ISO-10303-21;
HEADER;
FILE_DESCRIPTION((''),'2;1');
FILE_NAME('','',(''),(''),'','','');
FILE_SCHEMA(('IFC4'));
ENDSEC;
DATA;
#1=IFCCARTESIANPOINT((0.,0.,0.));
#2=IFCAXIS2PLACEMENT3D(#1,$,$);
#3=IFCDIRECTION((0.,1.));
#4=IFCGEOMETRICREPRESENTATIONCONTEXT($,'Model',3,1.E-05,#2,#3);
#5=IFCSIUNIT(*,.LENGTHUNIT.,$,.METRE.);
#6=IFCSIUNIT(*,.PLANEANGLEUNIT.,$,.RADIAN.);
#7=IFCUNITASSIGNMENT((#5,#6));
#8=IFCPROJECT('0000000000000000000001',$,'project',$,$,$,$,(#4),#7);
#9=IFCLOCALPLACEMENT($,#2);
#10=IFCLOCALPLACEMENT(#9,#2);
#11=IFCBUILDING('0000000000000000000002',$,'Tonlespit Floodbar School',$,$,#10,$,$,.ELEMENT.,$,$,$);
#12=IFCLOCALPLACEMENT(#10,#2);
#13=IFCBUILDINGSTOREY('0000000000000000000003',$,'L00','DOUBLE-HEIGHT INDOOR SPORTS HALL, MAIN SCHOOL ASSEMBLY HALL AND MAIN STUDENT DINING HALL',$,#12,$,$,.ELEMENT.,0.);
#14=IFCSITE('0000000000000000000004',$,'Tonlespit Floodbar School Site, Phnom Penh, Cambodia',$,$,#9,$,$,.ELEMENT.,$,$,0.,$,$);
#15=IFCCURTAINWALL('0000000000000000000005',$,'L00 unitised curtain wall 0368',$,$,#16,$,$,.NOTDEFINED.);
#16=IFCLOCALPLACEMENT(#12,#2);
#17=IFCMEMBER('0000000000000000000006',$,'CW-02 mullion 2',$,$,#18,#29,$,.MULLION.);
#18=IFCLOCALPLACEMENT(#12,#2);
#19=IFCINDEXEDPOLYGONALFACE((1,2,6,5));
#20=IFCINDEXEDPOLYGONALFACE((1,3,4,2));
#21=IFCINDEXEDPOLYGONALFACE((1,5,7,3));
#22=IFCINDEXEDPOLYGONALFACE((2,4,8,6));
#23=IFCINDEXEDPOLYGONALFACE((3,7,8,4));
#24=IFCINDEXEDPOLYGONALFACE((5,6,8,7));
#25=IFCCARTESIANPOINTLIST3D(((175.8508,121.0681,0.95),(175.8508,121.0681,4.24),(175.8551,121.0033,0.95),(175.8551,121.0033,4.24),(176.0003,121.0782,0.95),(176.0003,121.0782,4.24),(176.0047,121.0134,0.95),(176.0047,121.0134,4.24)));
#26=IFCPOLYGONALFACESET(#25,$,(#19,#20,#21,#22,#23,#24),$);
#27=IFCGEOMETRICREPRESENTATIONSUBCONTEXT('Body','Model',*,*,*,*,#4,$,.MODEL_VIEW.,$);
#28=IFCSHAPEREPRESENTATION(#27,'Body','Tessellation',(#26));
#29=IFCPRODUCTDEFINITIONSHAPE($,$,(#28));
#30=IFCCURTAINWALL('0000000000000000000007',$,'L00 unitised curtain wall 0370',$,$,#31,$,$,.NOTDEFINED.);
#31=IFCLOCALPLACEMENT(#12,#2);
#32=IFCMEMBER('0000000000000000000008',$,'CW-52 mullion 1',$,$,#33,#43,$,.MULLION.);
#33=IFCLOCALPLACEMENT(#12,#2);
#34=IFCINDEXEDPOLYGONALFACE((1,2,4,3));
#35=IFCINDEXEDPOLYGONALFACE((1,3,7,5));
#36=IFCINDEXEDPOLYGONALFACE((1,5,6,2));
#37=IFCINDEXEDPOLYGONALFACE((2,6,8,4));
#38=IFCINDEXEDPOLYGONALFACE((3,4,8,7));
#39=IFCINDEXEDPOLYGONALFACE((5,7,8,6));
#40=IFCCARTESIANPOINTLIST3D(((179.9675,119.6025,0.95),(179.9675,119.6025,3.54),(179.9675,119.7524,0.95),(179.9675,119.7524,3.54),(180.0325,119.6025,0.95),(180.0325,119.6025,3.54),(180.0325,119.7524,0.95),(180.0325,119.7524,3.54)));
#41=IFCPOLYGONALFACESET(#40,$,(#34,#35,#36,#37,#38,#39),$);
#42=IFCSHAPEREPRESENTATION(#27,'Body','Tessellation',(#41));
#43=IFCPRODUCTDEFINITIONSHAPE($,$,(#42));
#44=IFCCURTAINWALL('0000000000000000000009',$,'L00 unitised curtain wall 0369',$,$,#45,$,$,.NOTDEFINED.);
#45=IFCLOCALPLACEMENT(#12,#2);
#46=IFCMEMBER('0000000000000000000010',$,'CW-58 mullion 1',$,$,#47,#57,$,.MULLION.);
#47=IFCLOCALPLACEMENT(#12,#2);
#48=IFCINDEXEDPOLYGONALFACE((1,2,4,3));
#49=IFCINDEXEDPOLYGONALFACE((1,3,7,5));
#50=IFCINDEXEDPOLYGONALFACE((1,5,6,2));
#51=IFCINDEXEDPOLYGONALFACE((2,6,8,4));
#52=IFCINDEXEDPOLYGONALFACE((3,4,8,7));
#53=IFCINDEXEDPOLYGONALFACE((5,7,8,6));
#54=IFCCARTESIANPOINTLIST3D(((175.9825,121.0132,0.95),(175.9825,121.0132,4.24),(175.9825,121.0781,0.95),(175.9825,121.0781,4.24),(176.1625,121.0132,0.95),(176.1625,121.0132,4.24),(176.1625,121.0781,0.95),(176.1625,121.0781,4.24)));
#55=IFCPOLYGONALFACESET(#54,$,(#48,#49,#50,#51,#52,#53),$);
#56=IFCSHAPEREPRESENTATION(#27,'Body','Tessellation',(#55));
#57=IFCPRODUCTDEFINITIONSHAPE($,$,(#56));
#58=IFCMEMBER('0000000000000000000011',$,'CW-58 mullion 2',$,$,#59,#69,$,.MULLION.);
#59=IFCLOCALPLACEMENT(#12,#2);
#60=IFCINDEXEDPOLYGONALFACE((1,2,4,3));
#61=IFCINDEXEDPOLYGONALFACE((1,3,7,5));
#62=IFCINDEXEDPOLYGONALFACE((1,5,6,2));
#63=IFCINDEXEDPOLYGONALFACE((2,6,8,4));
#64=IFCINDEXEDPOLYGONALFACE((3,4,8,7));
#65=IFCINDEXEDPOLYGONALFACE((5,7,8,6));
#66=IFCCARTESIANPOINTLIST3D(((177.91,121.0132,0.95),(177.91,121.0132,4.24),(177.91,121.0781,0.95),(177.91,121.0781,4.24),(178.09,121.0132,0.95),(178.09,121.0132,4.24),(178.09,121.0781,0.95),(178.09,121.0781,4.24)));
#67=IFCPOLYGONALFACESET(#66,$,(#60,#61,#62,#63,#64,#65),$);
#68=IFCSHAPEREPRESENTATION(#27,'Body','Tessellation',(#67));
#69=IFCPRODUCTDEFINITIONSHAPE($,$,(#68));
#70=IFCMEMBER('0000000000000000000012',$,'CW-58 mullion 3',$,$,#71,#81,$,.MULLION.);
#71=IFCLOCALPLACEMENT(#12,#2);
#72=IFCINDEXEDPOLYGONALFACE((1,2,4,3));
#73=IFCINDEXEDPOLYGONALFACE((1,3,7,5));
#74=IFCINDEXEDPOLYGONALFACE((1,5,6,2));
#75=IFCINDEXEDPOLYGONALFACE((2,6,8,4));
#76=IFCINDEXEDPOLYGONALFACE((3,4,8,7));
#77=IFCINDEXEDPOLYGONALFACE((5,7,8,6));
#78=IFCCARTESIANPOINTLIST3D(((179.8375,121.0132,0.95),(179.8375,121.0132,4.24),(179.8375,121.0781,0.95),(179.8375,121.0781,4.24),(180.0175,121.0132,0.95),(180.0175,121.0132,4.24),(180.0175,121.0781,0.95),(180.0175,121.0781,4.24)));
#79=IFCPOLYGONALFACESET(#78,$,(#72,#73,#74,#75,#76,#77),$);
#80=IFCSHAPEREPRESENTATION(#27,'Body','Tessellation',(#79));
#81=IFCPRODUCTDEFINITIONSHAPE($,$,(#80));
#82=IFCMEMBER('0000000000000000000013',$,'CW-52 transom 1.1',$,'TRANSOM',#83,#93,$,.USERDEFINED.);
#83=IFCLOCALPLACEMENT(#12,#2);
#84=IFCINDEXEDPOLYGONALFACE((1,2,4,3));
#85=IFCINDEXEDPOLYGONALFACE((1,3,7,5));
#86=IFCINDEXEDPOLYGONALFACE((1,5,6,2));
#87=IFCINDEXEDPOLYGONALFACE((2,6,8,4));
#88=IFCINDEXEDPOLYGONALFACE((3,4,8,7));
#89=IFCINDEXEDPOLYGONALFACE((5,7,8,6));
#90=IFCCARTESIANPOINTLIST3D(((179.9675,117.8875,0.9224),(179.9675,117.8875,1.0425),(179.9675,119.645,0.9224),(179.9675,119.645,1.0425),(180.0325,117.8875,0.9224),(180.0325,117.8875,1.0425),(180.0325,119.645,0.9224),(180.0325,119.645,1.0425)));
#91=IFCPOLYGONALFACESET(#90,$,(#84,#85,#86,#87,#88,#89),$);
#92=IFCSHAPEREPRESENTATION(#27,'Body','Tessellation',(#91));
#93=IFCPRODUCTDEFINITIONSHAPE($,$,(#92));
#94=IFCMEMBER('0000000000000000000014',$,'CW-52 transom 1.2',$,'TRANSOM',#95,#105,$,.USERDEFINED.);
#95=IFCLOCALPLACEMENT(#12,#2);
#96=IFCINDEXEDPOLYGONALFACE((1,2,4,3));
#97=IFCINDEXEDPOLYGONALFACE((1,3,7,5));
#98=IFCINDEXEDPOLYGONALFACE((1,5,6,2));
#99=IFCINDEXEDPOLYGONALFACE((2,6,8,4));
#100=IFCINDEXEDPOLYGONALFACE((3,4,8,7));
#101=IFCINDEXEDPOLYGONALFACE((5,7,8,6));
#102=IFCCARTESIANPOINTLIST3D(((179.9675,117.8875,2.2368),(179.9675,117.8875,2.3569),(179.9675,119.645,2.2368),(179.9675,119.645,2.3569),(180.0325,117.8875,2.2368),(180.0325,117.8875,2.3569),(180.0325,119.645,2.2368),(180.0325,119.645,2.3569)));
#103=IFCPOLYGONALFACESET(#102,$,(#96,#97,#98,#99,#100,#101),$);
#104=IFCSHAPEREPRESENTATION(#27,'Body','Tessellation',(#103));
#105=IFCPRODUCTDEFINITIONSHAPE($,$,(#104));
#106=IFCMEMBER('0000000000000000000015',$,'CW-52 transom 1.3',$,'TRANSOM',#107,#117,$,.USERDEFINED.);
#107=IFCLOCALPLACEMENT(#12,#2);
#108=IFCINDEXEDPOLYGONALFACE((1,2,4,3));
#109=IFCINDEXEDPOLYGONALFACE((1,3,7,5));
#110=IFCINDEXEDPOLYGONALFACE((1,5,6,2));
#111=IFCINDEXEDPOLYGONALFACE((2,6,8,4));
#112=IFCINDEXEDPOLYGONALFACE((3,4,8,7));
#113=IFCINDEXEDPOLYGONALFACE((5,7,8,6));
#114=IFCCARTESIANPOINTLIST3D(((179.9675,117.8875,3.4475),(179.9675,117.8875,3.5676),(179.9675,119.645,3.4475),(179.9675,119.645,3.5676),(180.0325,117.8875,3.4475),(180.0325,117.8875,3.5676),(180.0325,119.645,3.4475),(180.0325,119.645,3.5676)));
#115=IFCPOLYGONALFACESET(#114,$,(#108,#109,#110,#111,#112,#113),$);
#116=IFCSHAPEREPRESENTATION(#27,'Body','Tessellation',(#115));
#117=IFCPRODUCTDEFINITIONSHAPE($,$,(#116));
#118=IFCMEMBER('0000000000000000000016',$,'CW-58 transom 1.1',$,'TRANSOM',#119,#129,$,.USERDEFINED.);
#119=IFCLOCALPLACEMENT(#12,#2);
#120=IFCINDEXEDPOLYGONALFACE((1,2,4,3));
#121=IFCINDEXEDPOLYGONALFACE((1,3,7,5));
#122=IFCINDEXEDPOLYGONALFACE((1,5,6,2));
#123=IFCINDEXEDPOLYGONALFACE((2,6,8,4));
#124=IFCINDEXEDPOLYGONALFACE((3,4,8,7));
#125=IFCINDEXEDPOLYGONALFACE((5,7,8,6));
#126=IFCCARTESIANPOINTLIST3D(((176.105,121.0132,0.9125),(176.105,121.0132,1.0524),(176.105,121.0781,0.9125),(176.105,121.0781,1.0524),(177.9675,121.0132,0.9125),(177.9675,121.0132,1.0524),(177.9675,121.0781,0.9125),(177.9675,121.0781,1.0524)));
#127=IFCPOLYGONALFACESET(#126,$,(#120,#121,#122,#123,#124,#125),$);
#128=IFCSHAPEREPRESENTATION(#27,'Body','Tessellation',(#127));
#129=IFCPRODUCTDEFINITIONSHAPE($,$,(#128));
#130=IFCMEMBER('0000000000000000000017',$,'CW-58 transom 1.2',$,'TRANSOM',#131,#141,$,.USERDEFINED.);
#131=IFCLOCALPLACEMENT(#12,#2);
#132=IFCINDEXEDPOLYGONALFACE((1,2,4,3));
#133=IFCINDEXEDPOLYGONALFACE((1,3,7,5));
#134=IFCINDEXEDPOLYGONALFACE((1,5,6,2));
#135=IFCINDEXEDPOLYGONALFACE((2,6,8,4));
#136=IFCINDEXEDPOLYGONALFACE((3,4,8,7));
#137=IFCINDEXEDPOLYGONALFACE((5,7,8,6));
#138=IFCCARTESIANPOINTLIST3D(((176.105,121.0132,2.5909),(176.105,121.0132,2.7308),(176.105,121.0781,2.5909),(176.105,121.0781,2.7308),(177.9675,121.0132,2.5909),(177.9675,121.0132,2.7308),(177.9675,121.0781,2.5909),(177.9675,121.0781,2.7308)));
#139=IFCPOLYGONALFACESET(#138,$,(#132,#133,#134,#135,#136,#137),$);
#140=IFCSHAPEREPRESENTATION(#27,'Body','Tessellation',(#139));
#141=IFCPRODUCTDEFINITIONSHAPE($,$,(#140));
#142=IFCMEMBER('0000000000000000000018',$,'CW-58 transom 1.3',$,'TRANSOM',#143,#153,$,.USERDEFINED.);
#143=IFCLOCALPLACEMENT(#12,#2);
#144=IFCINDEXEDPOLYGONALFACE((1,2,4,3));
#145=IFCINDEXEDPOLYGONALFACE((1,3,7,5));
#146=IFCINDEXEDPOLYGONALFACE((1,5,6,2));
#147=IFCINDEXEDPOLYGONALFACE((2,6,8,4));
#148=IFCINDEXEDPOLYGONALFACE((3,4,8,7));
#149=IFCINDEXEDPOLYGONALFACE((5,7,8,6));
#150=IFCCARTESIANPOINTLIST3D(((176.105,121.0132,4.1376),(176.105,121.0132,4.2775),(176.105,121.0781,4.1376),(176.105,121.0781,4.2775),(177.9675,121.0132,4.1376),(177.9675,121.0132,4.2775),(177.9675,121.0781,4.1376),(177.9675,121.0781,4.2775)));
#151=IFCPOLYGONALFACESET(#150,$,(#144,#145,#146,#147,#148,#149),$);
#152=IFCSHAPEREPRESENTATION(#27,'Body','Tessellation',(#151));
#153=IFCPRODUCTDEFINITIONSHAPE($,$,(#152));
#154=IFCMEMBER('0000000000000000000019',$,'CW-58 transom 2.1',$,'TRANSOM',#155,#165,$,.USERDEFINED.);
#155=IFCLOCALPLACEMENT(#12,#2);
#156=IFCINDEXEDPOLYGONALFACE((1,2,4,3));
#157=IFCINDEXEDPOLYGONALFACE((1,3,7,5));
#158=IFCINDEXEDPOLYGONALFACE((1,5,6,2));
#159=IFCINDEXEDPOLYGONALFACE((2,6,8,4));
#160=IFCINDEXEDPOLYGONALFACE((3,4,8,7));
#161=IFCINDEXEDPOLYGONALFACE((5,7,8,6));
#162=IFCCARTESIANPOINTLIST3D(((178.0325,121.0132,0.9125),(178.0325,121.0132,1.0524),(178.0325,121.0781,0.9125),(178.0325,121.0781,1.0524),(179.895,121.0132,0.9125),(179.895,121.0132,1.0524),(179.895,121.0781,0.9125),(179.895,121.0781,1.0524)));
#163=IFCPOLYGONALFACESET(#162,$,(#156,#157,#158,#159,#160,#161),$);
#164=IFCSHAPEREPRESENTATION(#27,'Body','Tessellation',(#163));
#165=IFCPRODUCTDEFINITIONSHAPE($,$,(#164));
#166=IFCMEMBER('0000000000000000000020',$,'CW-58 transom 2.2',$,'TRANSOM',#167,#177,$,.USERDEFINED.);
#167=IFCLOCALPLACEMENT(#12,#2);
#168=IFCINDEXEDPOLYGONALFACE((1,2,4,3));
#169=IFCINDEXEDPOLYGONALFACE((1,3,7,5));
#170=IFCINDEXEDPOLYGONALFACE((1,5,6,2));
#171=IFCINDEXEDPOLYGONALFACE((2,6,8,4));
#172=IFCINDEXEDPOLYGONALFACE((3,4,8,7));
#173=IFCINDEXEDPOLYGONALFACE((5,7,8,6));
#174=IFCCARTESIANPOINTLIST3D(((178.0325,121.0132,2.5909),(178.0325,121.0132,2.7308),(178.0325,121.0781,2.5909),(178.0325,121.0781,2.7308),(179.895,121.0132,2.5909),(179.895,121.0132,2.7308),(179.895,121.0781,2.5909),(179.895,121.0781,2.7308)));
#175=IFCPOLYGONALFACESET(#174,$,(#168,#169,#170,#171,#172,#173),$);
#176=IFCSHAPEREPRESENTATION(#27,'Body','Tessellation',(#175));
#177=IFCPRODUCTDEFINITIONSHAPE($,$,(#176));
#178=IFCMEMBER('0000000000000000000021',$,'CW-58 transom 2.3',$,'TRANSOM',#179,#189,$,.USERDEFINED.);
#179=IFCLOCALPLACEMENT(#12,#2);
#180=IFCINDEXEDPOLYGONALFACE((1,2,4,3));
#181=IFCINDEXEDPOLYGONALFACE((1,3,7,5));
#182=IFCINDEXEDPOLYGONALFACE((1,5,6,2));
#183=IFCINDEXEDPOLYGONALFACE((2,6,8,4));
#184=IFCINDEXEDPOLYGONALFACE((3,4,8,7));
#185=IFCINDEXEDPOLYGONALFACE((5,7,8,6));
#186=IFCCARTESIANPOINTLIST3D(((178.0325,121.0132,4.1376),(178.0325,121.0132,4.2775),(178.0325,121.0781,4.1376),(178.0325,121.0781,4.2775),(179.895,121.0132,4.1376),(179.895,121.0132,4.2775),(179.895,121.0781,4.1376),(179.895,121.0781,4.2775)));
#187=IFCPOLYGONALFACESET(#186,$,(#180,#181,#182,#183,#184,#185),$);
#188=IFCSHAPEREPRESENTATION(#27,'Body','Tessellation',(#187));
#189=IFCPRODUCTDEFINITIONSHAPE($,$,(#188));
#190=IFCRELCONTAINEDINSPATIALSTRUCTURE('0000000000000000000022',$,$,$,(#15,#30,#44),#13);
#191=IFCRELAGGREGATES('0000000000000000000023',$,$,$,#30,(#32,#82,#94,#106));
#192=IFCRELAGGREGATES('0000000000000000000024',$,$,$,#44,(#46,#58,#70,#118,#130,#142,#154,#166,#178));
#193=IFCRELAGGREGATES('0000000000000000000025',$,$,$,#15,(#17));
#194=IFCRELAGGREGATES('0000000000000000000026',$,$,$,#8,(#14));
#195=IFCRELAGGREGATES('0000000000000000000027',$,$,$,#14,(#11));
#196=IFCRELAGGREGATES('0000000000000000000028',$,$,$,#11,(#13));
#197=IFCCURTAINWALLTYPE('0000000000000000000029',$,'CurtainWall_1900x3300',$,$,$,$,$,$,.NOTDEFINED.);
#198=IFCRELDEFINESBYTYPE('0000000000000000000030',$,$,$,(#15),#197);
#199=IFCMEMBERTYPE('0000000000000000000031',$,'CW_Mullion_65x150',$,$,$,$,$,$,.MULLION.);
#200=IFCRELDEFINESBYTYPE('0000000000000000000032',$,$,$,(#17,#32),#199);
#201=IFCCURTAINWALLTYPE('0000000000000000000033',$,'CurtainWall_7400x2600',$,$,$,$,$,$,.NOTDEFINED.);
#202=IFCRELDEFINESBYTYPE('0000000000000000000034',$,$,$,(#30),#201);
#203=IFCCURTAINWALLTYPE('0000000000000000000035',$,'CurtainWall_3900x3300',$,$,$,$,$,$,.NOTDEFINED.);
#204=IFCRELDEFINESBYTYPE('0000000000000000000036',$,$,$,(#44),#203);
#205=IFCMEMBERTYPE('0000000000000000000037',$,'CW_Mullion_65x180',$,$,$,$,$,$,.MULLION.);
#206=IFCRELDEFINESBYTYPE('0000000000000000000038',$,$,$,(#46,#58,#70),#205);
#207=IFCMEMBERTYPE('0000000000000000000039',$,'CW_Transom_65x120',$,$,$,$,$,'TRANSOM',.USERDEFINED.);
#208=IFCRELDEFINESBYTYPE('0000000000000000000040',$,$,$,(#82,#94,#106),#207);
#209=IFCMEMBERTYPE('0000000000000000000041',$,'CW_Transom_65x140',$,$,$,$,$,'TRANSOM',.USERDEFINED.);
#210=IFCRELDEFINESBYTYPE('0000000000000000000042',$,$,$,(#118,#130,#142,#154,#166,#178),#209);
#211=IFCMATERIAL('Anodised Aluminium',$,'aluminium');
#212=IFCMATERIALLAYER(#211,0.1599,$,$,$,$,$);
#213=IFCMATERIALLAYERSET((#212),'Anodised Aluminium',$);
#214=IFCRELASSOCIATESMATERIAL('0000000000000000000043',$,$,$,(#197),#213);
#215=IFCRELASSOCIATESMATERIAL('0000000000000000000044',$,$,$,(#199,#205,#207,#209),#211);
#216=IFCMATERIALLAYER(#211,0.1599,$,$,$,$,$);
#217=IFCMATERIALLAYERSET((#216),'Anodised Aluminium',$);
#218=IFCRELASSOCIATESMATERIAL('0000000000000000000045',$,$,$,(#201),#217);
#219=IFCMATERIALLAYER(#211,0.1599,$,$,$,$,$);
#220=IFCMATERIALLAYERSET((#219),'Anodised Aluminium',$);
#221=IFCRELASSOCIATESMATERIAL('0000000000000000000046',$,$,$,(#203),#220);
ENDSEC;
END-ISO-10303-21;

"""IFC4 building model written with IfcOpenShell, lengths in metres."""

from ifc_helpers import new_model, si_unit, direction, frame, origin, origin_2d, place, context, subcontext, project, spatial, rectangle, extrude, material, layer, layer_set, material_profile, profile_set, type_object, element, aggregate, save


model = new_model("IFC4")

# Units and contexts
model_context = context("Model", 3, precision=1e-05, world=origin(), true_north=direction((0.0, 1.0)))
body_context = subcontext(model_context, "Body", "Model", "MODEL_VIEW")
ifc_project = project(units=[si_unit("LENGTHUNIT", "METRE"), si_unit("PLANEANGLEUNIT", "RADIAN")], contexts=[model_context])

# Site, building, storey
site_placement = place(None, origin())
site = spatial("IfcSite", under=ifc_project, at=site_placement, Name="Tonlespit Floodbar School Site, Phnom Penh, Cambodia", CompositionType="ELEMENT", RefElevation=0.0)
building_placement = place(site_placement, origin())
building = spatial("IfcBuilding", under=site, at=building_placement, Name="Tonlespit Floodbar School", CompositionType="ELEMENT")
storey_placement = place(building_placement, origin())
storey = spatial("IfcBuildingStorey", under=building, at=storey_placement, Name="L00", Description="DOUBLE-HEIGHT INDOOR SPORTS HALL, MAIN SCHOOL ASSEMBLY HALL AND MAIN STUDENT DINING HALL", CompositionType="ELEMENT", Elevation=0.0)

# Curtain walls, members
ifc_material_1 = material(Name="Anodised Aluminium", Category="aluminium")
ifc_layer_1 = layer(ifc_material_1, 0.1599)
ifc_layer_set_1 = layer_set([ifc_layer_1], Name="Anodised Aluminium")
curtain_wall_type_1 = type_object("IfcCurtainWallType", Name="CurtainWall_1900x3300", PredefinedType="NOTDEFINED", material=ifc_layer_set_1)
curtain_wall_1_placement = place(storey_placement, origin())
curtain_wall_1 = element("IfcCurtainWall", 1, at=curtain_wall_1_placement, inside=storey, type_object=curtain_wall_type_1, Name="L00 unitised curtain wall 0368", PredefinedType="NOTDEFINED")
ifc_material_profile_1 = material_profile(ifc_material_1, rectangle(XDim=0.0649, YDim=0.1499, at=origin_2d()), Name="ALU M65x150")
ifc_profile_set_1 = profile_set([ifc_material_profile_1], Name="Anodised Aluminium")
member_type_1 = type_object("IfcMemberType", Name="CW_Mullion_65x150", PredefinedType="MULLION", material=ifc_profile_set_1)
member_1_placement = place(storey_placement, frame((175.9277, 121.0408, 0.95), z_axis=(0.0, 0.0, 1.0), x_axis=(-0.06734, 0.99773, 0.0)))
member_1 = element("IfcMember", 2, at=member_1_placement, type_object=member_type_1, Name="CW-02 mullion 2", PredefinedType="MULLION", context=body_context, shape_type="SweptSolid", body=[
    extrude(rectangle(XDim=0.0649, YDim=0.1499, at=origin_2d()), origin(), (0.0, 0.0, 1.0), 3.29),
])
ifc_layer_2 = layer(ifc_material_1, 0.1599)
ifc_layer_set_2 = layer_set([ifc_layer_2], Name="Anodised Aluminium")
curtain_wall_type_2 = type_object("IfcCurtainWallType", Name="CurtainWall_7400x2600", PredefinedType="NOTDEFINED", material=ifc_layer_set_2)
curtain_wall_2_placement = place(storey_placement, origin())
curtain_wall_2 = element("IfcCurtainWall", 3, at=curtain_wall_2_placement, inside=storey, type_object=curtain_wall_type_2, Name="L00 unitised curtain wall 0370", PredefinedType="NOTDEFINED")
member_2_placement = place(storey_placement, frame((180.0, 119.6775, 0.95), z_axis=(0.0, 0.0, 1.0), x_axis=(1.0, 0.0, 0.0)))
member_2 = element("IfcMember", 4, at=member_2_placement, type_object=member_type_1, Name="CW-52 mullion 1", PredefinedType="MULLION", context=body_context, shape_type="SweptSolid", body=[
    extrude(rectangle(XDim=0.0649, YDim=0.1499, at=origin_2d()), origin(), (0.0, 0.0, 1.0), 2.5901),
])

# Curtain wall, members
ifc_layer_3 = layer(ifc_material_1, 0.1599)
ifc_layer_set_3 = layer_set([ifc_layer_3], Name="Anodised Aluminium")
curtain_wall_type_3 = type_object("IfcCurtainWallType", Name="CurtainWall_3900x3300", PredefinedType="NOTDEFINED", material=ifc_layer_set_3)
curtain_wall_3_placement = place(storey_placement, origin())
curtain_wall_3 = element("IfcCurtainWall", 5, at=curtain_wall_3_placement, inside=storey, type_object=curtain_wall_type_3, Name="L00 unitised curtain wall 0369", PredefinedType="NOTDEFINED")
ifc_material_profile_2 = material_profile(ifc_material_1, rectangle(XDim=0.0649, YDim=0.1799, at=origin_2d()), Name="ALU M65x180")
ifc_profile_set_2 = profile_set([ifc_material_profile_2], Name="Anodised Aluminium")
member_type_2 = type_object("IfcMemberType", Name="CW_Mullion_65x180", PredefinedType="MULLION", material=ifc_profile_set_2)
member_3_placement = place(storey_placement, frame((176.0725, 121.0457, 0.95), z_axis=(0.0, 0.0, 1.0), x_axis=(0.0, 1.0, 0.0)))
member_3 = element("IfcMember", 6, at=member_3_placement, type_object=member_type_2, Name="CW-58 mullion 1", PredefinedType="MULLION", context=body_context, shape_type="SweptSolid", body=[
    extrude(rectangle(XDim=0.0649, YDim=0.1799, at=origin_2d()), origin(), (0.0, 0.0, 1.0), 3.29),
])
member_4_placement = place(storey_placement, frame((178.0, 121.0457, 0.95), z_axis=(0.0, 0.0, 1.0), x_axis=(0.0, 1.0, 0.0)))
member_4 = element("IfcMember", 7, at=member_4_placement, type_object=member_type_2, Name="CW-58 mullion 2", PredefinedType="MULLION", context=body_context, shape_type="SweptSolid", body=[
    extrude(rectangle(XDim=0.0649, YDim=0.1799, at=origin_2d()), origin(), (0.0, 0.0, 1.0), 3.29),
])
member_5_placement = place(storey_placement, frame((179.9275, 121.0457, 0.95), z_axis=(0.0, 0.0, 1.0), x_axis=(0.0, 1.0, 0.0)))
member_5 = element("IfcMember", 8, at=member_5_placement, type_object=member_type_2, Name="CW-58 mullion 3", PredefinedType="MULLION", context=body_context, shape_type="SweptSolid", body=[
    extrude(rectangle(XDim=0.0649, YDim=0.1799, at=origin_2d()), origin(), (0.0, 0.0, 1.0), 3.29),
])

# Members
ifc_material_profile_3 = material_profile(ifc_material_1, rectangle(XDim=0.0649, YDim=0.1201, at=origin_2d()), Name="ALU T65x120")
ifc_profile_set_3 = profile_set([ifc_material_profile_3], Name="Anodised Aluminium")
member_type_3 = type_object("IfcMemberType", Name="CW_Transom_65x120", ElementType="TRANSOM", PredefinedType="USERDEFINED", material=ifc_profile_set_3)
member_6_placement = place(storey_placement, frame((180.0, 119.645, 0.9824), z_axis=(0.0, -1.0, 0.0), x_axis=(1.0, 0.0, 0.0)))
member_6 = element("IfcMember", 9, at=member_6_placement, type_object=member_type_3, Name="CW-52 transom 1.1", ObjectType="TRANSOM", PredefinedType="USERDEFINED", context=body_context, shape_type="SweptSolid", body=[
    extrude(rectangle(XDim=0.0649, YDim=0.1201, at=origin_2d()), origin(), (0.0, 0.0, 1.0), 1.7576),
])
member_7_placement = place(storey_placement, frame((180.0, 119.645, 2.2969), z_axis=(0.0, -1.0, 0.0), x_axis=(1.0, 0.0, 0.0)))
member_7 = element("IfcMember", 10, at=member_7_placement, type_object=member_type_3, Name="CW-52 transom 1.2", ObjectType="TRANSOM", PredefinedType="USERDEFINED", context=body_context, shape_type="SweptSolid", body=[
    extrude(rectangle(XDim=0.0649, YDim=0.1201, at=origin_2d()), origin(), (0.0, 0.0, 1.0), 1.7576),
])
member_8_placement = place(storey_placement, frame((180.0, 119.645, 3.5076), z_axis=(0.0, -1.0, 0.0), x_axis=(1.0, 0.0, 0.0)))
member_8 = element("IfcMember", 11, at=member_8_placement, type_object=member_type_3, Name="CW-52 transom 1.3", ObjectType="TRANSOM", PredefinedType="USERDEFINED", context=body_context, shape_type="SweptSolid", body=[
    extrude(rectangle(XDim=0.0649, YDim=0.1201, at=origin_2d()), origin(), (0.0, 0.0, 1.0), 1.7576),
])
aggregate(curtain_wall_2, [member_2, member_6, member_7, member_8])
ifc_material_profile_4 = material_profile(ifc_material_1, rectangle(XDim=0.0649, YDim=0.1399, at=origin_2d()), Name="ALU T65x140")
ifc_profile_set_4 = profile_set([ifc_material_profile_4], Name="Anodised Aluminium")
member_type_4 = type_object("IfcMemberType", Name="CW_Transom_65x140", ElementType="TRANSOM", PredefinedType="USERDEFINED", material=ifc_profile_set_4)
member_9_placement = place(storey_placement, frame((176.105, 121.0457, 0.9824), z_axis=(1.0, 0.0, 0.0), x_axis=(0.0, 1.0, 0.0)))
member_9 = element("IfcMember", 12, at=member_9_placement, type_object=member_type_4, Name="CW-58 transom 1.1", ObjectType="TRANSOM", PredefinedType="USERDEFINED", context=body_context, shape_type="SweptSolid", body=[
    extrude(rectangle(XDim=0.0649, YDim=0.1399, at=origin_2d()), origin(), (0.0, 0.0, 1.0), 1.8625),
])
member_10_placement = place(storey_placement, frame((176.105, 121.0457, 2.6609), z_axis=(1.0, 0.0, 0.0), x_axis=(0.0, 1.0, 0.0)))
member_10 = element("IfcMember", 13, at=member_10_placement, type_object=member_type_4, Name="CW-58 transom 1.2", ObjectType="TRANSOM", PredefinedType="USERDEFINED", context=body_context, shape_type="SweptSolid", body=[
    extrude(rectangle(XDim=0.0649, YDim=0.1399, at=origin_2d()), origin(), (0.0, 0.0, 1.0), 1.8625),
])
member_11_placement = place(storey_placement, frame((176.105, 121.0457, 4.2075), z_axis=(1.0, 0.0, 0.0), x_axis=(0.0, 1.0, 0.0)))
member_11 = element("IfcMember", 14, at=member_11_placement, type_object=member_type_4, Name="CW-58 transom 1.3", ObjectType="TRANSOM", PredefinedType="USERDEFINED", context=body_context, shape_type="SweptSolid", body=[
    extrude(rectangle(XDim=0.0649, YDim=0.1399, at=origin_2d()), origin(), (0.0, 0.0, 1.0), 1.8625),
])
member_12_placement = place(storey_placement, frame((178.0325, 121.0457, 0.9824), z_axis=(1.0, 0.0, 0.0), x_axis=(0.0, 1.0, 0.0)))
member_12 = element("IfcMember", 15, at=member_12_placement, type_object=member_type_4, Name="CW-58 transom 2.1", ObjectType="TRANSOM", PredefinedType="USERDEFINED", context=body_context, shape_type="SweptSolid", body=[
    extrude(rectangle(XDim=0.0649, YDim=0.1399, at=origin_2d()), origin(), (0.0, 0.0, 1.0), 1.8625),
])
member_13_placement = place(storey_placement, frame((178.0325, 121.0457, 2.6609), z_axis=(1.0, 0.0, 0.0), x_axis=(0.0, 1.0, 0.0)))
member_13 = element("IfcMember", 16, at=member_13_placement, type_object=member_type_4, Name="CW-58 transom 2.2", ObjectType="TRANSOM", PredefinedType="USERDEFINED", context=body_context, shape_type="SweptSolid", body=[
    extrude(rectangle(XDim=0.0649, YDim=0.1399, at=origin_2d()), origin(), (0.0, 0.0, 1.0), 1.8625),
])
member_14_placement = place(storey_placement, frame((178.0325, 121.0457, 4.2075), z_axis=(1.0, 0.0, 0.0), x_axis=(0.0, 1.0, 0.0)))
member_14 = element("IfcMember", 17, at=member_14_placement, type_object=member_type_4, Name="CW-58 transom 2.3", ObjectType="TRANSOM", PredefinedType="USERDEFINED", context=body_context, shape_type="SweptSolid", body=[
    extrude(rectangle(XDim=0.0649, YDim=0.1399, at=origin_2d()), origin(), (0.0, 0.0, 1.0), 1.8625),
])

aggregate(curtain_wall_3, [member_3, member_4, member_5, member_9, member_10, member_11, member_12, member_13, member_14])
aggregate(curtain_wall_1, [member_1])

save(model, "model.ifc")
